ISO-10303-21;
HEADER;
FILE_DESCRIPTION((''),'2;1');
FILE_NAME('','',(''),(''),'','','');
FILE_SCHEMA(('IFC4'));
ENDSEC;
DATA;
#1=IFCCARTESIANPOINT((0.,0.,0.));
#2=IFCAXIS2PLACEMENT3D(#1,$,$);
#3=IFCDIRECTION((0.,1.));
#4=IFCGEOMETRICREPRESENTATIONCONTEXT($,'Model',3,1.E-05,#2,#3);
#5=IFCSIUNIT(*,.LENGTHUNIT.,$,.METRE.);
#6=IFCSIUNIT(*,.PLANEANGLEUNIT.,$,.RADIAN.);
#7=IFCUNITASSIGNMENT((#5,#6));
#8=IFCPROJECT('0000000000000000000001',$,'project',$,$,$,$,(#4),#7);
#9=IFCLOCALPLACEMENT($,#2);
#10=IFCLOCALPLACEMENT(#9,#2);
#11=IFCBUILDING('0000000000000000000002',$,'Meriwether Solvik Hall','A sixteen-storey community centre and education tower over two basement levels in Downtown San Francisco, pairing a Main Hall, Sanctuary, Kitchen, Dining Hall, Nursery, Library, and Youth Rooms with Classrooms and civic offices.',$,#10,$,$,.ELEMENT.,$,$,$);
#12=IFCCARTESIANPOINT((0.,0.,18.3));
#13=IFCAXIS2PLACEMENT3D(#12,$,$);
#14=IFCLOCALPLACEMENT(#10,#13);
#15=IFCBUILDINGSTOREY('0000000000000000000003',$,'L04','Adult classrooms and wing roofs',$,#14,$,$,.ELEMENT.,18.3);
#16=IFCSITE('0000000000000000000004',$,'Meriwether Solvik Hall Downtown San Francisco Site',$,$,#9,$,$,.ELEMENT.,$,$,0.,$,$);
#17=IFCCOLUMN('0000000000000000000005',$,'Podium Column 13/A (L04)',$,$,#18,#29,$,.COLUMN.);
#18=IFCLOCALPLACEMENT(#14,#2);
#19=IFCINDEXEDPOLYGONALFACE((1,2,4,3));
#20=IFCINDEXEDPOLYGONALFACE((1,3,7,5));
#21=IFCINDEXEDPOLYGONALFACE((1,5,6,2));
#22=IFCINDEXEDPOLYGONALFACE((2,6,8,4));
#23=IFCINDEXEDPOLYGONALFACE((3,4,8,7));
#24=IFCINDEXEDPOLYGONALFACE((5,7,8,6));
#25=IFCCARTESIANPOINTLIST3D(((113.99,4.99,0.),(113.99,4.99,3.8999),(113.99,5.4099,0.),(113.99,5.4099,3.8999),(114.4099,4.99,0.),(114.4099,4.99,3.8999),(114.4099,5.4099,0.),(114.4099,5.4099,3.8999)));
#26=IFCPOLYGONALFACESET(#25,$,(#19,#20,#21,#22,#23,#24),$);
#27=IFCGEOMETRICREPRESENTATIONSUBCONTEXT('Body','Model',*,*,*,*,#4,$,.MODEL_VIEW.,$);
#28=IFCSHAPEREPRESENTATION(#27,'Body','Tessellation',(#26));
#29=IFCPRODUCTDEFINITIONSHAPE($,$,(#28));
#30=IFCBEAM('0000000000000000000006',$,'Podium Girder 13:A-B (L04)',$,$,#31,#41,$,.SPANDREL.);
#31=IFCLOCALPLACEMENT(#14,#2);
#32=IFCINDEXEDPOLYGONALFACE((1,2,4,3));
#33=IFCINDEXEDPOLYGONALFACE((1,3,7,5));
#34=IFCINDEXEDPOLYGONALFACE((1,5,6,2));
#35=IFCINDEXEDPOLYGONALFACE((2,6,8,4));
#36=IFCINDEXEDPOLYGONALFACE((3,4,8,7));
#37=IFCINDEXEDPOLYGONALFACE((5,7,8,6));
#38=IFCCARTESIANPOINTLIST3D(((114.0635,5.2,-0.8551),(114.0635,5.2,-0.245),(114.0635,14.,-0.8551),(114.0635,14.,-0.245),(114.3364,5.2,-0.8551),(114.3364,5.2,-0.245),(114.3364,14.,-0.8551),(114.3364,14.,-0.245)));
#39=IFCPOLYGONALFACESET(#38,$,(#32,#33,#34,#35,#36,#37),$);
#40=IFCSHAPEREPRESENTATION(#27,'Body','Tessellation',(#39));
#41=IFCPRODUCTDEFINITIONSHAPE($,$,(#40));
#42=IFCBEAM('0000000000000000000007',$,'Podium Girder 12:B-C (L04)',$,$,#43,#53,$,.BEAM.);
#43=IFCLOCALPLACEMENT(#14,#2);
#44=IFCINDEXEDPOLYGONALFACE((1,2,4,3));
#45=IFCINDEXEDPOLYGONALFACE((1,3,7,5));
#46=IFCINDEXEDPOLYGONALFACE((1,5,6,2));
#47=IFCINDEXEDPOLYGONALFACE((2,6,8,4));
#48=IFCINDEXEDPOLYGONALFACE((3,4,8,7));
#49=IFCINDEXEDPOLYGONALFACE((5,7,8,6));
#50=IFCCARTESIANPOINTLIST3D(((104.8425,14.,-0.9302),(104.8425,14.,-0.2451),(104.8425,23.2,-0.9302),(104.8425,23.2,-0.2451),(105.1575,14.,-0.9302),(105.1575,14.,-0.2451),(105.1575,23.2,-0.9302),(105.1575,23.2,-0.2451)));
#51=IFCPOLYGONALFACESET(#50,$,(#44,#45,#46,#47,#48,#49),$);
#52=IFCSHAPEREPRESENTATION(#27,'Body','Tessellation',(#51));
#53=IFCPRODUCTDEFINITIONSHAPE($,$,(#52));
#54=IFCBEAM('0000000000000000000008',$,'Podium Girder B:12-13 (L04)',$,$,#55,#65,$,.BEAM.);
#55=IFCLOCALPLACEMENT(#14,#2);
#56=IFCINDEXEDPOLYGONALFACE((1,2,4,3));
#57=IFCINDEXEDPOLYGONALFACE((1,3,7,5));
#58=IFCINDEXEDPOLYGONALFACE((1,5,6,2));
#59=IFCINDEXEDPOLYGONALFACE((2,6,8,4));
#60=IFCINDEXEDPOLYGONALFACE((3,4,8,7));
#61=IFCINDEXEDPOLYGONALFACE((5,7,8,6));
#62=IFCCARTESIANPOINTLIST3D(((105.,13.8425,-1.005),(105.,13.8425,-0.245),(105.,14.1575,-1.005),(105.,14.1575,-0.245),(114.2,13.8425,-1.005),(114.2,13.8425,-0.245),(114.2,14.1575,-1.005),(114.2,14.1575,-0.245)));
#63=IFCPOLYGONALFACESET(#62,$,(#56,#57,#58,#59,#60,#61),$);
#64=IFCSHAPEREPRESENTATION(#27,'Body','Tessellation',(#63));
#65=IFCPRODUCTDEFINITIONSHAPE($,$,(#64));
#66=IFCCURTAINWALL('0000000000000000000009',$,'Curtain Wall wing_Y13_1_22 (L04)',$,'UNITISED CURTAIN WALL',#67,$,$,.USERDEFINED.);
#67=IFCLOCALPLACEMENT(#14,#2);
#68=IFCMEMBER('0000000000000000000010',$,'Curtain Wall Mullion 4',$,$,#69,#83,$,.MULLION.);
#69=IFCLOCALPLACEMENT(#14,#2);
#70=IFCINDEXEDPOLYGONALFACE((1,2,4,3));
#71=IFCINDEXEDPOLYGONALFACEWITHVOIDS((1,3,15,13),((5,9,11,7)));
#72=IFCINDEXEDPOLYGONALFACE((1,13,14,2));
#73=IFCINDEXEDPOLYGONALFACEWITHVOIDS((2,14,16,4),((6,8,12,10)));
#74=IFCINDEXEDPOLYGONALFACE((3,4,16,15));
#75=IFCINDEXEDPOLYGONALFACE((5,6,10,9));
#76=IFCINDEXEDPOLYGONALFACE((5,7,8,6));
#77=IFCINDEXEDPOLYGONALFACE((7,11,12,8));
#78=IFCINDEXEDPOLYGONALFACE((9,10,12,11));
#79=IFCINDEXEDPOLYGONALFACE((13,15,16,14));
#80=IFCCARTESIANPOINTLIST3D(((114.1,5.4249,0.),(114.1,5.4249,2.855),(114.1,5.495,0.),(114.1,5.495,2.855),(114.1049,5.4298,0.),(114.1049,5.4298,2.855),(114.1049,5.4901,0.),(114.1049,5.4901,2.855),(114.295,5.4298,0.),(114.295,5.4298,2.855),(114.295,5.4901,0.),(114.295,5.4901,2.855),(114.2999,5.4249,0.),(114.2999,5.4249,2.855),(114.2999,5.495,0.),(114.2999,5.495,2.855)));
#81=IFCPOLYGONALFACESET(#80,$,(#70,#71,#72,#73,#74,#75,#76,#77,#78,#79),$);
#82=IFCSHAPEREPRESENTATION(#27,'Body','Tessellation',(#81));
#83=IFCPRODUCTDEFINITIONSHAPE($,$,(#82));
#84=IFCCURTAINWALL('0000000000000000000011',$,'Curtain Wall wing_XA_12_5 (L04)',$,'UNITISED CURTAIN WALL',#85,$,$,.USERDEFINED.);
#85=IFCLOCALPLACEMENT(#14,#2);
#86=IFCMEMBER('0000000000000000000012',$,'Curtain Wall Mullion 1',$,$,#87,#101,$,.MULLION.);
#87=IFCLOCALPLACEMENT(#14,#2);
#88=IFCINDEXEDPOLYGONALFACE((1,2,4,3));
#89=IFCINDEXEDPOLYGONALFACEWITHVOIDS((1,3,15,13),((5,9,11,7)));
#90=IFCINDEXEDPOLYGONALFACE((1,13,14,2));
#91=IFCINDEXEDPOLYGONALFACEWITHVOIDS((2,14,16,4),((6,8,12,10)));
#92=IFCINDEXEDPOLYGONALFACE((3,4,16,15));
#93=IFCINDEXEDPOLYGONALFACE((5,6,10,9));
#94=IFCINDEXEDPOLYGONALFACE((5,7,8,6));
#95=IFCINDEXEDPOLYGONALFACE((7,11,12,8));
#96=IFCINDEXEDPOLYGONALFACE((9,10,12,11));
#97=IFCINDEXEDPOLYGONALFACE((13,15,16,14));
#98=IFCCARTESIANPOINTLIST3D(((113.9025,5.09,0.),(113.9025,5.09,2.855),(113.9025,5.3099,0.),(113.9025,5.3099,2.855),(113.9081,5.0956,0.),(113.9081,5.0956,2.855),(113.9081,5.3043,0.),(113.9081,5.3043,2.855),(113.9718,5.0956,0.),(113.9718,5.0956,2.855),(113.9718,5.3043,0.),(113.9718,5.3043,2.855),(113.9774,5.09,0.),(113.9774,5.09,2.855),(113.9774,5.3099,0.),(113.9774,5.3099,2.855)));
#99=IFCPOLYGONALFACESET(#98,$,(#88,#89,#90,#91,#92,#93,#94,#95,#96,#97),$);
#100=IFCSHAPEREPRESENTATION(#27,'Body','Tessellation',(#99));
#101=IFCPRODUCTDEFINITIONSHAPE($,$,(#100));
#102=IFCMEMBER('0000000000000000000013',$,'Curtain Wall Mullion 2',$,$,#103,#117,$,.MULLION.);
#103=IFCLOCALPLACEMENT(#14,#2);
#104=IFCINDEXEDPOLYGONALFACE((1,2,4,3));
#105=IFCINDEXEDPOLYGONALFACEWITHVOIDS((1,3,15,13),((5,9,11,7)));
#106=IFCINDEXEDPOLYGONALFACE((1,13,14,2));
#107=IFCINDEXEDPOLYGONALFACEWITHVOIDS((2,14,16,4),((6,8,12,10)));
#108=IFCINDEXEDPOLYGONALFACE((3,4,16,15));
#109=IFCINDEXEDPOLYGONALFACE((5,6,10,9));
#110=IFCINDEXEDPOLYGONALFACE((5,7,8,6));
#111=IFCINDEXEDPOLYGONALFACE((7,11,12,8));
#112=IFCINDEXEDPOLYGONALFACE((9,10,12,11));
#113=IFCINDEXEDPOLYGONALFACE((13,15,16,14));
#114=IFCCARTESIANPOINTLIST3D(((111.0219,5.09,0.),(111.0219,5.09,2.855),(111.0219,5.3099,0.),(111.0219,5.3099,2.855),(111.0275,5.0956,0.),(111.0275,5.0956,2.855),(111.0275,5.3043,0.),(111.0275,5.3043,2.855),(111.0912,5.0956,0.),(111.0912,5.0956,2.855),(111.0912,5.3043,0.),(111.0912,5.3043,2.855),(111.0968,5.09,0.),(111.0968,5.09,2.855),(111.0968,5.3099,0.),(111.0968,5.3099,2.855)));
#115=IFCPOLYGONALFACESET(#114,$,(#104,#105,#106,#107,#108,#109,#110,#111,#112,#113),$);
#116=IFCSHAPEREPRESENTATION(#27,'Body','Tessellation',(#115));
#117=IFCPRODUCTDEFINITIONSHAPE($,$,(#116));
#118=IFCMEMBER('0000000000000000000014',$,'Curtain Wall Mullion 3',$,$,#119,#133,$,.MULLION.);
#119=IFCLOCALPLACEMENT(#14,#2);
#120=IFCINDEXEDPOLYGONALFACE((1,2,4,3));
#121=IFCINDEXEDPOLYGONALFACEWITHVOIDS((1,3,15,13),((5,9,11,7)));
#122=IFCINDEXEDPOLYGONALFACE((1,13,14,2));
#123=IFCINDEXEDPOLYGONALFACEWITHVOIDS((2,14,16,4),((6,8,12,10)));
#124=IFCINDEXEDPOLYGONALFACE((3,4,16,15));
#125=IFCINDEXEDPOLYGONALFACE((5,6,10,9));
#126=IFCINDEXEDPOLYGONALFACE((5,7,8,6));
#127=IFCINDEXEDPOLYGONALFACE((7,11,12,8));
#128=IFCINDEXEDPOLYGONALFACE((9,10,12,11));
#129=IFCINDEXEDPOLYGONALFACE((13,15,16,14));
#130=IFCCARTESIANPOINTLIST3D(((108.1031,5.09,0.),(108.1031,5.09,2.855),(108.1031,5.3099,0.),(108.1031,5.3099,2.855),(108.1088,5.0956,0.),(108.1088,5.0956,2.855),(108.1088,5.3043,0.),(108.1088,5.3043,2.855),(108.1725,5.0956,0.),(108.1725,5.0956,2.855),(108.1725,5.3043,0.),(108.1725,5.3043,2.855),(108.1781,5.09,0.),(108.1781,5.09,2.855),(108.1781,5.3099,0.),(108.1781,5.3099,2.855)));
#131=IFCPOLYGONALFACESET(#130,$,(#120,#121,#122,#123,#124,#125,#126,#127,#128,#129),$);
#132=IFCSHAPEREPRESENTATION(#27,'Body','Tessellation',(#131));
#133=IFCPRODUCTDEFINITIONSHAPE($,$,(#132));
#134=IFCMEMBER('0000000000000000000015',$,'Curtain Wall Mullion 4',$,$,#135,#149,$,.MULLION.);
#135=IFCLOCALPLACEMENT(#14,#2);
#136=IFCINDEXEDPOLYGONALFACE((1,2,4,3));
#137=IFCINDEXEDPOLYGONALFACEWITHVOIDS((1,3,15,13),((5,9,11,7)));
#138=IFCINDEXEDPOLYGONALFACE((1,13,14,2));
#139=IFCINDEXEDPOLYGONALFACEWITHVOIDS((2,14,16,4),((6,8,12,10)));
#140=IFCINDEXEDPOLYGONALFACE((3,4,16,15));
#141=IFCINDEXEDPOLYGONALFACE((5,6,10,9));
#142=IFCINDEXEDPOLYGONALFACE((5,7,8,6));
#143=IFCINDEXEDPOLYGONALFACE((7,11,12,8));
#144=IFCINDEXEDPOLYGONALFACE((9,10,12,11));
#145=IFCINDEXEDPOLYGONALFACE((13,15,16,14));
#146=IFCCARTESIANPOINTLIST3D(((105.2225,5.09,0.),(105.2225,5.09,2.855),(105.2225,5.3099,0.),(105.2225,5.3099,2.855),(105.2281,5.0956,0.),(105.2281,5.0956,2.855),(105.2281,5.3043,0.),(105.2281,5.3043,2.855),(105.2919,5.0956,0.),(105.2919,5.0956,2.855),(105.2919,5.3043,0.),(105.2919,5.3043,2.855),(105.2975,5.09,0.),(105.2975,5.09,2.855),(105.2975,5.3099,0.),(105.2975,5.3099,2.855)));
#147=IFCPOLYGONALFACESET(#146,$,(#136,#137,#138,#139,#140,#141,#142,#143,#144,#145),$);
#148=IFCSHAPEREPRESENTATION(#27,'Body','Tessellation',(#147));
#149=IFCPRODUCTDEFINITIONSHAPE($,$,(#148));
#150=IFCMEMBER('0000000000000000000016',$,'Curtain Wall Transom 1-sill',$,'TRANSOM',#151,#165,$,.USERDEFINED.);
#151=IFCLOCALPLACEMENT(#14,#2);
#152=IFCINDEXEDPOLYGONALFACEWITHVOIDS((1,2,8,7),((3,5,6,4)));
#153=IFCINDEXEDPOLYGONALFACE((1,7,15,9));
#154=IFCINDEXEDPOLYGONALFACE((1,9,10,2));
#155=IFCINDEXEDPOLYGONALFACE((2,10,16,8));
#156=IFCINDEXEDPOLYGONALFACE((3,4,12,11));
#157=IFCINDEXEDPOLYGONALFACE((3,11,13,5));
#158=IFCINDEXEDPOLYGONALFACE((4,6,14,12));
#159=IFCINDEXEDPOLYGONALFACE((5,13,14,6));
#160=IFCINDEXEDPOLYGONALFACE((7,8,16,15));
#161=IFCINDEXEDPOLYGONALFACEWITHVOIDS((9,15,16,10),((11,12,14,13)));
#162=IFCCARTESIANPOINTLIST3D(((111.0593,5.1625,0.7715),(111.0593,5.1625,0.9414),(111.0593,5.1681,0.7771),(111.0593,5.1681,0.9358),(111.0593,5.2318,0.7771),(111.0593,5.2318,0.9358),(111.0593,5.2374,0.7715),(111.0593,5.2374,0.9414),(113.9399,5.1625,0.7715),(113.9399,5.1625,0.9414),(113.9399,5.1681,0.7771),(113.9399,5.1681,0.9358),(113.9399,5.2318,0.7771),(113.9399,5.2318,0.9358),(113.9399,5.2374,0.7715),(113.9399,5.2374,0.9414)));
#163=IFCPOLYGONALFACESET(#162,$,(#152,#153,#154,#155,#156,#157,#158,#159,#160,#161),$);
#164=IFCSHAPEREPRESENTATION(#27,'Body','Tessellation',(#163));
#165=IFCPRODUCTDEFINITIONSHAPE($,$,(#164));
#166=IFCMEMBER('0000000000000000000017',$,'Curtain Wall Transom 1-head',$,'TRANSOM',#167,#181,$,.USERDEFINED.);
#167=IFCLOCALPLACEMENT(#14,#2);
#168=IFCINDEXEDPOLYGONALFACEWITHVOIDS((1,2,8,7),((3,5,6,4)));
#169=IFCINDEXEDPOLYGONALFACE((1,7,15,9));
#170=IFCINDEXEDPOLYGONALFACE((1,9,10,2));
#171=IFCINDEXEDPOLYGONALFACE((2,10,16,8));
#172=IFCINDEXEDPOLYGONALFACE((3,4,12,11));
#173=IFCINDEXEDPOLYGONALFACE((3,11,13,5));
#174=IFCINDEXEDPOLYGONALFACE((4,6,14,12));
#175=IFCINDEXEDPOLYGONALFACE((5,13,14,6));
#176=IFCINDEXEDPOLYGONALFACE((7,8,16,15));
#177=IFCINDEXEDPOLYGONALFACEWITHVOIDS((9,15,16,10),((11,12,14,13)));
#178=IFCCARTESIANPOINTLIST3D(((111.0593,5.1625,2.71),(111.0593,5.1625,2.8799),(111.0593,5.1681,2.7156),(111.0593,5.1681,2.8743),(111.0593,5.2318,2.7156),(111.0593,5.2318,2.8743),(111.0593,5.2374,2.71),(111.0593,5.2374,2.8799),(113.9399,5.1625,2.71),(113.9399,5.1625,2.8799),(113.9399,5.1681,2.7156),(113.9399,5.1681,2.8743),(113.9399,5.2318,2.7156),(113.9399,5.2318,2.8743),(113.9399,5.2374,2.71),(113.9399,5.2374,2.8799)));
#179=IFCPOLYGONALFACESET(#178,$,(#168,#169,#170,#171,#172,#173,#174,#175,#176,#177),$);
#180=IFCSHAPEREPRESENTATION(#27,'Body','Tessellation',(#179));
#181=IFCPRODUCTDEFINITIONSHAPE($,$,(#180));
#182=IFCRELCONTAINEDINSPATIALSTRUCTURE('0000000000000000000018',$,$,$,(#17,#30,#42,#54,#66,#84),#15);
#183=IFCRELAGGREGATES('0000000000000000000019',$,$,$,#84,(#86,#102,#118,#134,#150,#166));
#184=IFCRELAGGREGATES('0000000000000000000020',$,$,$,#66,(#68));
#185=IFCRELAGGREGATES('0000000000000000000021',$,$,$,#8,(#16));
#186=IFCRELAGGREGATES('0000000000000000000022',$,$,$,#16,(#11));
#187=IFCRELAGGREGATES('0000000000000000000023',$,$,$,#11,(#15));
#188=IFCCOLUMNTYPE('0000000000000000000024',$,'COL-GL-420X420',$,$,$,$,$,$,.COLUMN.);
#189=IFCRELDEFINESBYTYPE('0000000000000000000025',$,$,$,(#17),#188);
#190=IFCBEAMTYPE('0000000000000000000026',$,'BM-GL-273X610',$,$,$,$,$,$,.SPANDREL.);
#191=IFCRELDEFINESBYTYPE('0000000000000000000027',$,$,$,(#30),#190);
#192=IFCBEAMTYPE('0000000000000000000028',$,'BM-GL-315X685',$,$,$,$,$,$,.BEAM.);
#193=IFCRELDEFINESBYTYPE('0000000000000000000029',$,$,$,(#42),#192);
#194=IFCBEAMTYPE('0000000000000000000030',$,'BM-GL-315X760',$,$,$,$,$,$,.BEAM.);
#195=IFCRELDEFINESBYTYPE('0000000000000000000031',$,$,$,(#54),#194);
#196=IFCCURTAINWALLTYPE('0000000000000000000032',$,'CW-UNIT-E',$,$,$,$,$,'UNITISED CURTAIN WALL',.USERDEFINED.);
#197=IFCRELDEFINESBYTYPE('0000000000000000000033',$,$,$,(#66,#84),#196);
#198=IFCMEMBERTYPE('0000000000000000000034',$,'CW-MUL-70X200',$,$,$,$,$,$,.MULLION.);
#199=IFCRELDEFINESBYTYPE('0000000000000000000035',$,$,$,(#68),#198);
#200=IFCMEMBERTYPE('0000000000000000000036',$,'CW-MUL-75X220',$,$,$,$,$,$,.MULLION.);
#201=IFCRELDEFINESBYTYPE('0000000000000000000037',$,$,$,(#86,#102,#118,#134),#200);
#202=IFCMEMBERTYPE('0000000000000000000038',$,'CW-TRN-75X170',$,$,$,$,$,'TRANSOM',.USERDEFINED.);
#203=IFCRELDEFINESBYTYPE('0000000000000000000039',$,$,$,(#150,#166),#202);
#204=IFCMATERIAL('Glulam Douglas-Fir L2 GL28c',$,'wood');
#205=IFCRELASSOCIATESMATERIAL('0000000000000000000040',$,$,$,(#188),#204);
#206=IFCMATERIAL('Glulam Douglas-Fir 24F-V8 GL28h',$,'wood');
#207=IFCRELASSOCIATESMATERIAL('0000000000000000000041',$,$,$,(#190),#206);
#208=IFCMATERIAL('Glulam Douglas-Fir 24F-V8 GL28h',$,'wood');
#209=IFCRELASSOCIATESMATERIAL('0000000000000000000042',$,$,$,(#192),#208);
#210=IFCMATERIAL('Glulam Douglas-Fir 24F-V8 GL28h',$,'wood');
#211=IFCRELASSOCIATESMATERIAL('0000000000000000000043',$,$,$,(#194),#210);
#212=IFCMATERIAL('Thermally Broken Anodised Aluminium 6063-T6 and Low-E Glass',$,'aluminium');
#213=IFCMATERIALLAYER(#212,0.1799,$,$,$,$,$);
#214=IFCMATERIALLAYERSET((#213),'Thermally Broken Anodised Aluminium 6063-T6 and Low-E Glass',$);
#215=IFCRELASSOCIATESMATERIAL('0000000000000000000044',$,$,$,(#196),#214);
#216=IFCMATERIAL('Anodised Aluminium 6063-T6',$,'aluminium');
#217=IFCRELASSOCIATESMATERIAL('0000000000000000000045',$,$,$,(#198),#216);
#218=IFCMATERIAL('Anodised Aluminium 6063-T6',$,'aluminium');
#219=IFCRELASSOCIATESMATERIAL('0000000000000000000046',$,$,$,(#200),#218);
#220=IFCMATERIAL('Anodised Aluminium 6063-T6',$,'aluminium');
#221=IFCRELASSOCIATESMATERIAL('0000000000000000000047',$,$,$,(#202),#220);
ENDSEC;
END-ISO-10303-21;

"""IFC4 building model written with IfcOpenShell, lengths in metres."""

from ifc_helpers import new_model, si_unit, direction, frame, origin, origin_2d, place, context, subcontext, project, spatial, rectangle, hollow_rectangle, extrude, material, layer, layer_set, material_profile, profile_set, type_object, element, aggregate, save


model = new_model("IFC4")

# Units and contexts
model_context = context("Model", 3, precision=1e-05, world=origin(), true_north=direction((0.0, 1.0)))
body_context = subcontext(model_context, "Body", "Model", "MODEL_VIEW")
ifc_project = project(units=[si_unit("LENGTHUNIT", "METRE"), si_unit("PLANEANGLEUNIT", "RADIAN")], contexts=[model_context])

# Site, building, storey
site_placement = place(None, origin())
site = spatial("IfcSite", under=ifc_project, at=site_placement, Name="Meriwether Solvik Hall Downtown San Francisco Site", CompositionType="ELEMENT", RefElevation=0.0)
building_placement = place(site_placement, origin())
building = spatial("IfcBuilding", under=site, at=building_placement, Name="Meriwether Solvik Hall", Description="A sixteen-storey community centre and education tower over two basement levels in Downtown San Francisco, pairing a Main Hall, Sanctuary, Kitchen, Dining Hall, Nursery, Library, and Youth Rooms with Classrooms and civic offices.", CompositionType="ELEMENT")
storey_placement = place(building_placement, frame((0.0, 0.0, 18.3)))
storey = spatial("IfcBuildingStorey", under=building, at=storey_placement, Name="L04", Description="Adult classrooms and wing roofs", CompositionType="ELEMENT", Elevation=18.3)

# Column
ifc_material_1 = material(Name="Glulam Douglas-Fir L2 GL28c", Category="wood")
ifc_material_profile_1 = material_profile(ifc_material_1, rectangle(XDim=0.4199, YDim=0.4199, at=origin_2d()), Name="GLC-420X420")
ifc_profile_set_1 = profile_set([ifc_material_profile_1], Name="Glulam Douglas-Fir L2 GL28c")
column_type = type_object("IfcColumnType", Name="COL-GL-420X420", PredefinedType="COLUMN", material=ifc_profile_set_1)
column_placement = place(storey_placement, frame((114.2, 5.2, 0.0), z_axis=(0.0, 0.0, 1.0), x_axis=(1.0, 0.0, 0.0)))
element("IfcColumn", 1, at=column_placement, inside=storey, type_object=column_type, Name="Podium Column 13/A (L04)", PredefinedType="COLUMN", context=body_context, shape_type="SweptSolid", body=[
    extrude(rectangle(XDim=0.4199, YDim=0.4199, at=origin_2d()), origin(), (0.0, 0.0, 1.0), 3.8999),
])

# Beams
ifc_material_2 = material(Name="Glulam Douglas-Fir 24F-V8 GL28h", Category="wood")
ifc_material_profile_2 = material_profile(ifc_material_2, rectangle(XDim=0.2729, YDim=0.6101, at=origin_2d()), Name="GLB-273X610")
ifc_profile_set_2 = profile_set([ifc_material_profile_2], Name="Glulam Douglas-Fir 24F-V8 GL28h")
beam_type_1 = type_object("IfcBeamType", Name="BM-GL-273X610", PredefinedType="SPANDREL", material=ifc_profile_set_2)
beam_1_placement = place(storey_placement, frame((114.2, 5.2, -0.55), z_axis=(0.0, 1.0, 0.0), x_axis=(-1.0, 0.0, 0.0)))
element("IfcBeam", 2, at=beam_1_placement, inside=storey, type_object=beam_type_1, Name="Podium Girder 13:A-B (L04)", PredefinedType="SPANDREL", context=body_context, shape_type="SweptSolid", body=[
    extrude(rectangle(XDim=0.2729, YDim=0.6101, at=origin_2d()), origin(), (0.0, 0.0, 1.0), 8.8),
])
ifc_material_3 = material(Name="Glulam Douglas-Fir 24F-V8 GL28h", Category="wood")
ifc_material_profile_3 = material_profile(ifc_material_3, rectangle(XDim=0.3149, YDim=0.6851, at=origin_2d()), Name="GLB-315X685")
ifc_profile_set_3 = profile_set([ifc_material_profile_3], Name="Glulam Douglas-Fir 24F-V8 GL28h")
beam_type_2 = type_object("IfcBeamType", Name="BM-GL-315X685", PredefinedType="BEAM", material=ifc_profile_set_3)
beam_2_placement = place(storey_placement, frame((105.0, 14.0, -0.5876), z_axis=(0.0, 1.0, 0.0), x_axis=(-1.0, 0.0, 0.0)))
element("IfcBeam", 3, at=beam_2_placement, inside=storey, type_object=beam_type_2, Name="Podium Girder 12:B-C (L04)", PredefinedType="BEAM", context=body_context, shape_type="SweptSolid", body=[
    extrude(rectangle(XDim=0.3149, YDim=0.6851, at=origin_2d()), origin(), (0.0, 0.0, 1.0), 9.2),
])
ifc_material_4 = material(Name="Glulam Douglas-Fir 24F-V8 GL28h", Category="wood")
ifc_material_profile_4 = material_profile(ifc_material_4, rectangle(XDim=0.3149, YDim=0.76, at=origin_2d()), Name="GLB-315X760")
ifc_profile_set_4 = profile_set([ifc_material_profile_4], Name="Glulam Douglas-Fir 24F-V8 GL28h")
beam_type_3 = type_object("IfcBeamType", Name="BM-GL-315X760", PredefinedType="BEAM", material=ifc_profile_set_4)
beam_3_placement = place(storey_placement, frame((105.0, 14.0, -0.625), z_axis=(1.0, 0.0, 0.0), x_axis=(0.0, 1.0, 0.0)))
element("IfcBeam", 4, at=beam_3_placement, inside=storey, type_object=beam_type_3, Name="Podium Girder B:12-13 (L04)", PredefinedType="BEAM", context=body_context, shape_type="SweptSolid", body=[
    extrude(rectangle(XDim=0.3149, YDim=0.76, at=origin_2d()), origin(), (0.0, 0.0, 1.0), 9.2),
])

# Curtain wall, member
ifc_material_5 = material(Name="Thermally Broken Anodised Aluminium 6063-T6 and Low-E Glass", Category="aluminium")
ifc_layer_1 = layer(ifc_material_5, 0.1799)
ifc_layer_set_1 = layer_set([ifc_layer_1], Name="Thermally Broken Anodised Aluminium 6063-T6 and Low-E Glass")
curtain_wall_type = type_object("IfcCurtainWallType", Name="CW-UNIT-E", ElementType="UNITISED CURTAIN WALL", PredefinedType="USERDEFINED", material=ifc_layer_set_1)
curtain_wall_1_placement = place(storey_placement, origin())
curtain_wall_1 = element("IfcCurtainWall", 5, at=curtain_wall_1_placement, inside=storey, type_object=curtain_wall_type, Name="Curtain Wall wing_Y13_1_22 (L04)", ObjectType="UNITISED CURTAIN WALL", PredefinedType="USERDEFINED")
ifc_material_6 = material(Name="Anodised Aluminium 6063-T6", Category="aluminium")
ifc_material_profile_5 = material_profile(ifc_material_6, hollow_rectangle(XDim=0.0701, YDim=0.2, WallThickness=0.0049, at=origin_2d()), Name="CWM-70X200")
ifc_profile_set_5 = profile_set([ifc_material_profile_5], Name="Anodised Aluminium 6063-T6")
member_type_1 = type_object("IfcMemberType", Name="CW-MUL-70X200", PredefinedType="MULLION", material=ifc_profile_set_5)
member_1_placement = place(storey_placement, frame((114.2, 5.46, 0.0), z_axis=(0.0, 0.0, 1.0), x_axis=(0.0, -1.0, 0.0)))
member_1 = element("IfcMember", 6, at=member_1_placement, type_object=member_type_1, Name="Curtain Wall Mullion 4", PredefinedType="MULLION", context=body_context, shape_type="SweptSolid", body=[
    extrude(hollow_rectangle(XDim=0.0701, YDim=0.2, WallThickness=0.0049, at=origin_2d()), origin(), (0.0, 0.0, 1.0), 2.855),
])

# Curtain wall, members
curtain_wall_2_placement = place(storey_placement, origin())
curtain_wall_2 = element("IfcCurtainWall", 7, at=curtain_wall_2_placement, inside=storey, type_object=curtain_wall_type, Name="Curtain Wall wing_XA_12_5 (L04)", ObjectType="UNITISED CURTAIN WALL", PredefinedType="USERDEFINED")
ifc_material_7 = material(Name="Anodised Aluminium 6063-T6", Category="aluminium")
ifc_material_profile_6 = material_profile(ifc_material_7, hollow_rectangle(XDim=0.075, YDim=0.22, WallThickness=0.0056, at=origin_2d()), Name="CWM-75X220")
ifc_profile_set_6 = profile_set([ifc_material_profile_6], Name="Anodised Aluminium 6063-T6")
member_type_2 = type_object("IfcMemberType", Name="CW-MUL-75X220", PredefinedType="MULLION", material=ifc_profile_set_6)
member_2_placement = place(storey_placement, frame((113.9399, 5.2, 0.0), z_axis=(0.0, 0.0, 1.0), x_axis=(-1.0, 0.0, 0.0)))
member_2 = element("IfcMember", 8, at=member_2_placement, type_object=member_type_2, Name="Curtain Wall Mullion 1", PredefinedType="MULLION", context=body_context, shape_type="SweptSolid", body=[
    extrude(hollow_rectangle(XDim=0.075, YDim=0.22, WallThickness=0.0056, at=origin_2d()), origin(), (0.0, 0.0, 1.0), 2.855),
])
member_3_placement = place(storey_placement, frame((111.0593, 5.2, 0.0), z_axis=(0.0, 0.0, 1.0), x_axis=(-1.0, 0.0, 0.0)))
member_3 = element("IfcMember", 9, at=member_3_placement, type_object=member_type_2, Name="Curtain Wall Mullion 2", PredefinedType="MULLION", context=body_context, shape_type="SweptSolid", body=[
    extrude(hollow_rectangle(XDim=0.075, YDim=0.22, WallThickness=0.0056, at=origin_2d()), origin(), (0.0, 0.0, 1.0), 2.855),
])
member_4_placement = place(storey_placement, frame((108.1406, 5.2, 0.0), z_axis=(0.0, 0.0, 1.0), x_axis=(-1.0, 0.0, 0.0)))
member_4 = element("IfcMember", 10, at=member_4_placement, type_object=member_type_2, Name="Curtain Wall Mullion 3", PredefinedType="MULLION", context=body_context, shape_type="SweptSolid", body=[
    extrude(hollow_rectangle(XDim=0.075, YDim=0.22, WallThickness=0.0056, at=origin_2d()), origin(), (0.0, 0.0, 1.0), 2.855),
])
member_5_placement = place(storey_placement, frame((105.26, 5.2, 0.0), z_axis=(0.0, 0.0, 1.0), x_axis=(-1.0, 0.0, 0.0)))
member_5 = element("IfcMember", 11, at=member_5_placement, type_object=member_type_2, Name="Curtain Wall Mullion 4", PredefinedType="MULLION", context=body_context, shape_type="SweptSolid", body=[
    extrude(hollow_rectangle(XDim=0.075, YDim=0.22, WallThickness=0.0056, at=origin_2d()), origin(), (0.0, 0.0, 1.0), 2.855),
])
ifc_material_8 = material(Name="Anodised Aluminium 6063-T6", Category="aluminium")
ifc_material_profile_7 = material_profile(ifc_material_8, hollow_rectangle(XDim=0.075, YDim=0.1699, WallThickness=0.0056, at=origin_2d()), Name="CWT-75X170")
ifc_profile_set_7 = profile_set([ifc_material_profile_7], Name="Anodised Aluminium 6063-T6")
member_type_3 = type_object("IfcMemberType", Name="CW-TRN-75X170", ElementType="TRANSOM", PredefinedType="USERDEFINED", material=ifc_profile_set_7)
member_6_placement = place(storey_placement, frame((113.9399, 5.2, 0.8564), z_axis=(-1.0, 0.0, 0.0), x_axis=(0.0, -1.0, 0.0)))
member_6 = element("IfcMember", 12, at=member_6_placement, type_object=member_type_3, Name="Curtain Wall Transom 1-sill", ObjectType="TRANSOM", PredefinedType="USERDEFINED", context=body_context, shape_type="SweptSolid", body=[
    extrude(hollow_rectangle(XDim=0.075, YDim=0.1699, WallThickness=0.0056, at=origin_2d()), origin(), (0.0, 0.0, 1.0), 2.8806),
])
member_7_placement = place(storey_placement, frame((113.9399, 5.2, 2.7949), z_axis=(-1.0, 0.0, 0.0), x_axis=(0.0, -1.0, 0.0)))
member_7 = element("IfcMember", 13, at=member_7_placement, type_object=member_type_3, Name="Curtain Wall Transom 1-head", ObjectType="TRANSOM", PredefinedType="USERDEFINED", context=body_context, shape_type="SweptSolid", body=[
    extrude(hollow_rectangle(XDim=0.075, YDim=0.1699, WallThickness=0.0056, at=origin_2d()), origin(), (0.0, 0.0, 1.0), 2.8806),
])

aggregate(curtain_wall_2, [member_2, member_3, member_4, member_5, member_6, member_7])
aggregate(curtain_wall_1, [member_1])

save(model, "model.ifc")
